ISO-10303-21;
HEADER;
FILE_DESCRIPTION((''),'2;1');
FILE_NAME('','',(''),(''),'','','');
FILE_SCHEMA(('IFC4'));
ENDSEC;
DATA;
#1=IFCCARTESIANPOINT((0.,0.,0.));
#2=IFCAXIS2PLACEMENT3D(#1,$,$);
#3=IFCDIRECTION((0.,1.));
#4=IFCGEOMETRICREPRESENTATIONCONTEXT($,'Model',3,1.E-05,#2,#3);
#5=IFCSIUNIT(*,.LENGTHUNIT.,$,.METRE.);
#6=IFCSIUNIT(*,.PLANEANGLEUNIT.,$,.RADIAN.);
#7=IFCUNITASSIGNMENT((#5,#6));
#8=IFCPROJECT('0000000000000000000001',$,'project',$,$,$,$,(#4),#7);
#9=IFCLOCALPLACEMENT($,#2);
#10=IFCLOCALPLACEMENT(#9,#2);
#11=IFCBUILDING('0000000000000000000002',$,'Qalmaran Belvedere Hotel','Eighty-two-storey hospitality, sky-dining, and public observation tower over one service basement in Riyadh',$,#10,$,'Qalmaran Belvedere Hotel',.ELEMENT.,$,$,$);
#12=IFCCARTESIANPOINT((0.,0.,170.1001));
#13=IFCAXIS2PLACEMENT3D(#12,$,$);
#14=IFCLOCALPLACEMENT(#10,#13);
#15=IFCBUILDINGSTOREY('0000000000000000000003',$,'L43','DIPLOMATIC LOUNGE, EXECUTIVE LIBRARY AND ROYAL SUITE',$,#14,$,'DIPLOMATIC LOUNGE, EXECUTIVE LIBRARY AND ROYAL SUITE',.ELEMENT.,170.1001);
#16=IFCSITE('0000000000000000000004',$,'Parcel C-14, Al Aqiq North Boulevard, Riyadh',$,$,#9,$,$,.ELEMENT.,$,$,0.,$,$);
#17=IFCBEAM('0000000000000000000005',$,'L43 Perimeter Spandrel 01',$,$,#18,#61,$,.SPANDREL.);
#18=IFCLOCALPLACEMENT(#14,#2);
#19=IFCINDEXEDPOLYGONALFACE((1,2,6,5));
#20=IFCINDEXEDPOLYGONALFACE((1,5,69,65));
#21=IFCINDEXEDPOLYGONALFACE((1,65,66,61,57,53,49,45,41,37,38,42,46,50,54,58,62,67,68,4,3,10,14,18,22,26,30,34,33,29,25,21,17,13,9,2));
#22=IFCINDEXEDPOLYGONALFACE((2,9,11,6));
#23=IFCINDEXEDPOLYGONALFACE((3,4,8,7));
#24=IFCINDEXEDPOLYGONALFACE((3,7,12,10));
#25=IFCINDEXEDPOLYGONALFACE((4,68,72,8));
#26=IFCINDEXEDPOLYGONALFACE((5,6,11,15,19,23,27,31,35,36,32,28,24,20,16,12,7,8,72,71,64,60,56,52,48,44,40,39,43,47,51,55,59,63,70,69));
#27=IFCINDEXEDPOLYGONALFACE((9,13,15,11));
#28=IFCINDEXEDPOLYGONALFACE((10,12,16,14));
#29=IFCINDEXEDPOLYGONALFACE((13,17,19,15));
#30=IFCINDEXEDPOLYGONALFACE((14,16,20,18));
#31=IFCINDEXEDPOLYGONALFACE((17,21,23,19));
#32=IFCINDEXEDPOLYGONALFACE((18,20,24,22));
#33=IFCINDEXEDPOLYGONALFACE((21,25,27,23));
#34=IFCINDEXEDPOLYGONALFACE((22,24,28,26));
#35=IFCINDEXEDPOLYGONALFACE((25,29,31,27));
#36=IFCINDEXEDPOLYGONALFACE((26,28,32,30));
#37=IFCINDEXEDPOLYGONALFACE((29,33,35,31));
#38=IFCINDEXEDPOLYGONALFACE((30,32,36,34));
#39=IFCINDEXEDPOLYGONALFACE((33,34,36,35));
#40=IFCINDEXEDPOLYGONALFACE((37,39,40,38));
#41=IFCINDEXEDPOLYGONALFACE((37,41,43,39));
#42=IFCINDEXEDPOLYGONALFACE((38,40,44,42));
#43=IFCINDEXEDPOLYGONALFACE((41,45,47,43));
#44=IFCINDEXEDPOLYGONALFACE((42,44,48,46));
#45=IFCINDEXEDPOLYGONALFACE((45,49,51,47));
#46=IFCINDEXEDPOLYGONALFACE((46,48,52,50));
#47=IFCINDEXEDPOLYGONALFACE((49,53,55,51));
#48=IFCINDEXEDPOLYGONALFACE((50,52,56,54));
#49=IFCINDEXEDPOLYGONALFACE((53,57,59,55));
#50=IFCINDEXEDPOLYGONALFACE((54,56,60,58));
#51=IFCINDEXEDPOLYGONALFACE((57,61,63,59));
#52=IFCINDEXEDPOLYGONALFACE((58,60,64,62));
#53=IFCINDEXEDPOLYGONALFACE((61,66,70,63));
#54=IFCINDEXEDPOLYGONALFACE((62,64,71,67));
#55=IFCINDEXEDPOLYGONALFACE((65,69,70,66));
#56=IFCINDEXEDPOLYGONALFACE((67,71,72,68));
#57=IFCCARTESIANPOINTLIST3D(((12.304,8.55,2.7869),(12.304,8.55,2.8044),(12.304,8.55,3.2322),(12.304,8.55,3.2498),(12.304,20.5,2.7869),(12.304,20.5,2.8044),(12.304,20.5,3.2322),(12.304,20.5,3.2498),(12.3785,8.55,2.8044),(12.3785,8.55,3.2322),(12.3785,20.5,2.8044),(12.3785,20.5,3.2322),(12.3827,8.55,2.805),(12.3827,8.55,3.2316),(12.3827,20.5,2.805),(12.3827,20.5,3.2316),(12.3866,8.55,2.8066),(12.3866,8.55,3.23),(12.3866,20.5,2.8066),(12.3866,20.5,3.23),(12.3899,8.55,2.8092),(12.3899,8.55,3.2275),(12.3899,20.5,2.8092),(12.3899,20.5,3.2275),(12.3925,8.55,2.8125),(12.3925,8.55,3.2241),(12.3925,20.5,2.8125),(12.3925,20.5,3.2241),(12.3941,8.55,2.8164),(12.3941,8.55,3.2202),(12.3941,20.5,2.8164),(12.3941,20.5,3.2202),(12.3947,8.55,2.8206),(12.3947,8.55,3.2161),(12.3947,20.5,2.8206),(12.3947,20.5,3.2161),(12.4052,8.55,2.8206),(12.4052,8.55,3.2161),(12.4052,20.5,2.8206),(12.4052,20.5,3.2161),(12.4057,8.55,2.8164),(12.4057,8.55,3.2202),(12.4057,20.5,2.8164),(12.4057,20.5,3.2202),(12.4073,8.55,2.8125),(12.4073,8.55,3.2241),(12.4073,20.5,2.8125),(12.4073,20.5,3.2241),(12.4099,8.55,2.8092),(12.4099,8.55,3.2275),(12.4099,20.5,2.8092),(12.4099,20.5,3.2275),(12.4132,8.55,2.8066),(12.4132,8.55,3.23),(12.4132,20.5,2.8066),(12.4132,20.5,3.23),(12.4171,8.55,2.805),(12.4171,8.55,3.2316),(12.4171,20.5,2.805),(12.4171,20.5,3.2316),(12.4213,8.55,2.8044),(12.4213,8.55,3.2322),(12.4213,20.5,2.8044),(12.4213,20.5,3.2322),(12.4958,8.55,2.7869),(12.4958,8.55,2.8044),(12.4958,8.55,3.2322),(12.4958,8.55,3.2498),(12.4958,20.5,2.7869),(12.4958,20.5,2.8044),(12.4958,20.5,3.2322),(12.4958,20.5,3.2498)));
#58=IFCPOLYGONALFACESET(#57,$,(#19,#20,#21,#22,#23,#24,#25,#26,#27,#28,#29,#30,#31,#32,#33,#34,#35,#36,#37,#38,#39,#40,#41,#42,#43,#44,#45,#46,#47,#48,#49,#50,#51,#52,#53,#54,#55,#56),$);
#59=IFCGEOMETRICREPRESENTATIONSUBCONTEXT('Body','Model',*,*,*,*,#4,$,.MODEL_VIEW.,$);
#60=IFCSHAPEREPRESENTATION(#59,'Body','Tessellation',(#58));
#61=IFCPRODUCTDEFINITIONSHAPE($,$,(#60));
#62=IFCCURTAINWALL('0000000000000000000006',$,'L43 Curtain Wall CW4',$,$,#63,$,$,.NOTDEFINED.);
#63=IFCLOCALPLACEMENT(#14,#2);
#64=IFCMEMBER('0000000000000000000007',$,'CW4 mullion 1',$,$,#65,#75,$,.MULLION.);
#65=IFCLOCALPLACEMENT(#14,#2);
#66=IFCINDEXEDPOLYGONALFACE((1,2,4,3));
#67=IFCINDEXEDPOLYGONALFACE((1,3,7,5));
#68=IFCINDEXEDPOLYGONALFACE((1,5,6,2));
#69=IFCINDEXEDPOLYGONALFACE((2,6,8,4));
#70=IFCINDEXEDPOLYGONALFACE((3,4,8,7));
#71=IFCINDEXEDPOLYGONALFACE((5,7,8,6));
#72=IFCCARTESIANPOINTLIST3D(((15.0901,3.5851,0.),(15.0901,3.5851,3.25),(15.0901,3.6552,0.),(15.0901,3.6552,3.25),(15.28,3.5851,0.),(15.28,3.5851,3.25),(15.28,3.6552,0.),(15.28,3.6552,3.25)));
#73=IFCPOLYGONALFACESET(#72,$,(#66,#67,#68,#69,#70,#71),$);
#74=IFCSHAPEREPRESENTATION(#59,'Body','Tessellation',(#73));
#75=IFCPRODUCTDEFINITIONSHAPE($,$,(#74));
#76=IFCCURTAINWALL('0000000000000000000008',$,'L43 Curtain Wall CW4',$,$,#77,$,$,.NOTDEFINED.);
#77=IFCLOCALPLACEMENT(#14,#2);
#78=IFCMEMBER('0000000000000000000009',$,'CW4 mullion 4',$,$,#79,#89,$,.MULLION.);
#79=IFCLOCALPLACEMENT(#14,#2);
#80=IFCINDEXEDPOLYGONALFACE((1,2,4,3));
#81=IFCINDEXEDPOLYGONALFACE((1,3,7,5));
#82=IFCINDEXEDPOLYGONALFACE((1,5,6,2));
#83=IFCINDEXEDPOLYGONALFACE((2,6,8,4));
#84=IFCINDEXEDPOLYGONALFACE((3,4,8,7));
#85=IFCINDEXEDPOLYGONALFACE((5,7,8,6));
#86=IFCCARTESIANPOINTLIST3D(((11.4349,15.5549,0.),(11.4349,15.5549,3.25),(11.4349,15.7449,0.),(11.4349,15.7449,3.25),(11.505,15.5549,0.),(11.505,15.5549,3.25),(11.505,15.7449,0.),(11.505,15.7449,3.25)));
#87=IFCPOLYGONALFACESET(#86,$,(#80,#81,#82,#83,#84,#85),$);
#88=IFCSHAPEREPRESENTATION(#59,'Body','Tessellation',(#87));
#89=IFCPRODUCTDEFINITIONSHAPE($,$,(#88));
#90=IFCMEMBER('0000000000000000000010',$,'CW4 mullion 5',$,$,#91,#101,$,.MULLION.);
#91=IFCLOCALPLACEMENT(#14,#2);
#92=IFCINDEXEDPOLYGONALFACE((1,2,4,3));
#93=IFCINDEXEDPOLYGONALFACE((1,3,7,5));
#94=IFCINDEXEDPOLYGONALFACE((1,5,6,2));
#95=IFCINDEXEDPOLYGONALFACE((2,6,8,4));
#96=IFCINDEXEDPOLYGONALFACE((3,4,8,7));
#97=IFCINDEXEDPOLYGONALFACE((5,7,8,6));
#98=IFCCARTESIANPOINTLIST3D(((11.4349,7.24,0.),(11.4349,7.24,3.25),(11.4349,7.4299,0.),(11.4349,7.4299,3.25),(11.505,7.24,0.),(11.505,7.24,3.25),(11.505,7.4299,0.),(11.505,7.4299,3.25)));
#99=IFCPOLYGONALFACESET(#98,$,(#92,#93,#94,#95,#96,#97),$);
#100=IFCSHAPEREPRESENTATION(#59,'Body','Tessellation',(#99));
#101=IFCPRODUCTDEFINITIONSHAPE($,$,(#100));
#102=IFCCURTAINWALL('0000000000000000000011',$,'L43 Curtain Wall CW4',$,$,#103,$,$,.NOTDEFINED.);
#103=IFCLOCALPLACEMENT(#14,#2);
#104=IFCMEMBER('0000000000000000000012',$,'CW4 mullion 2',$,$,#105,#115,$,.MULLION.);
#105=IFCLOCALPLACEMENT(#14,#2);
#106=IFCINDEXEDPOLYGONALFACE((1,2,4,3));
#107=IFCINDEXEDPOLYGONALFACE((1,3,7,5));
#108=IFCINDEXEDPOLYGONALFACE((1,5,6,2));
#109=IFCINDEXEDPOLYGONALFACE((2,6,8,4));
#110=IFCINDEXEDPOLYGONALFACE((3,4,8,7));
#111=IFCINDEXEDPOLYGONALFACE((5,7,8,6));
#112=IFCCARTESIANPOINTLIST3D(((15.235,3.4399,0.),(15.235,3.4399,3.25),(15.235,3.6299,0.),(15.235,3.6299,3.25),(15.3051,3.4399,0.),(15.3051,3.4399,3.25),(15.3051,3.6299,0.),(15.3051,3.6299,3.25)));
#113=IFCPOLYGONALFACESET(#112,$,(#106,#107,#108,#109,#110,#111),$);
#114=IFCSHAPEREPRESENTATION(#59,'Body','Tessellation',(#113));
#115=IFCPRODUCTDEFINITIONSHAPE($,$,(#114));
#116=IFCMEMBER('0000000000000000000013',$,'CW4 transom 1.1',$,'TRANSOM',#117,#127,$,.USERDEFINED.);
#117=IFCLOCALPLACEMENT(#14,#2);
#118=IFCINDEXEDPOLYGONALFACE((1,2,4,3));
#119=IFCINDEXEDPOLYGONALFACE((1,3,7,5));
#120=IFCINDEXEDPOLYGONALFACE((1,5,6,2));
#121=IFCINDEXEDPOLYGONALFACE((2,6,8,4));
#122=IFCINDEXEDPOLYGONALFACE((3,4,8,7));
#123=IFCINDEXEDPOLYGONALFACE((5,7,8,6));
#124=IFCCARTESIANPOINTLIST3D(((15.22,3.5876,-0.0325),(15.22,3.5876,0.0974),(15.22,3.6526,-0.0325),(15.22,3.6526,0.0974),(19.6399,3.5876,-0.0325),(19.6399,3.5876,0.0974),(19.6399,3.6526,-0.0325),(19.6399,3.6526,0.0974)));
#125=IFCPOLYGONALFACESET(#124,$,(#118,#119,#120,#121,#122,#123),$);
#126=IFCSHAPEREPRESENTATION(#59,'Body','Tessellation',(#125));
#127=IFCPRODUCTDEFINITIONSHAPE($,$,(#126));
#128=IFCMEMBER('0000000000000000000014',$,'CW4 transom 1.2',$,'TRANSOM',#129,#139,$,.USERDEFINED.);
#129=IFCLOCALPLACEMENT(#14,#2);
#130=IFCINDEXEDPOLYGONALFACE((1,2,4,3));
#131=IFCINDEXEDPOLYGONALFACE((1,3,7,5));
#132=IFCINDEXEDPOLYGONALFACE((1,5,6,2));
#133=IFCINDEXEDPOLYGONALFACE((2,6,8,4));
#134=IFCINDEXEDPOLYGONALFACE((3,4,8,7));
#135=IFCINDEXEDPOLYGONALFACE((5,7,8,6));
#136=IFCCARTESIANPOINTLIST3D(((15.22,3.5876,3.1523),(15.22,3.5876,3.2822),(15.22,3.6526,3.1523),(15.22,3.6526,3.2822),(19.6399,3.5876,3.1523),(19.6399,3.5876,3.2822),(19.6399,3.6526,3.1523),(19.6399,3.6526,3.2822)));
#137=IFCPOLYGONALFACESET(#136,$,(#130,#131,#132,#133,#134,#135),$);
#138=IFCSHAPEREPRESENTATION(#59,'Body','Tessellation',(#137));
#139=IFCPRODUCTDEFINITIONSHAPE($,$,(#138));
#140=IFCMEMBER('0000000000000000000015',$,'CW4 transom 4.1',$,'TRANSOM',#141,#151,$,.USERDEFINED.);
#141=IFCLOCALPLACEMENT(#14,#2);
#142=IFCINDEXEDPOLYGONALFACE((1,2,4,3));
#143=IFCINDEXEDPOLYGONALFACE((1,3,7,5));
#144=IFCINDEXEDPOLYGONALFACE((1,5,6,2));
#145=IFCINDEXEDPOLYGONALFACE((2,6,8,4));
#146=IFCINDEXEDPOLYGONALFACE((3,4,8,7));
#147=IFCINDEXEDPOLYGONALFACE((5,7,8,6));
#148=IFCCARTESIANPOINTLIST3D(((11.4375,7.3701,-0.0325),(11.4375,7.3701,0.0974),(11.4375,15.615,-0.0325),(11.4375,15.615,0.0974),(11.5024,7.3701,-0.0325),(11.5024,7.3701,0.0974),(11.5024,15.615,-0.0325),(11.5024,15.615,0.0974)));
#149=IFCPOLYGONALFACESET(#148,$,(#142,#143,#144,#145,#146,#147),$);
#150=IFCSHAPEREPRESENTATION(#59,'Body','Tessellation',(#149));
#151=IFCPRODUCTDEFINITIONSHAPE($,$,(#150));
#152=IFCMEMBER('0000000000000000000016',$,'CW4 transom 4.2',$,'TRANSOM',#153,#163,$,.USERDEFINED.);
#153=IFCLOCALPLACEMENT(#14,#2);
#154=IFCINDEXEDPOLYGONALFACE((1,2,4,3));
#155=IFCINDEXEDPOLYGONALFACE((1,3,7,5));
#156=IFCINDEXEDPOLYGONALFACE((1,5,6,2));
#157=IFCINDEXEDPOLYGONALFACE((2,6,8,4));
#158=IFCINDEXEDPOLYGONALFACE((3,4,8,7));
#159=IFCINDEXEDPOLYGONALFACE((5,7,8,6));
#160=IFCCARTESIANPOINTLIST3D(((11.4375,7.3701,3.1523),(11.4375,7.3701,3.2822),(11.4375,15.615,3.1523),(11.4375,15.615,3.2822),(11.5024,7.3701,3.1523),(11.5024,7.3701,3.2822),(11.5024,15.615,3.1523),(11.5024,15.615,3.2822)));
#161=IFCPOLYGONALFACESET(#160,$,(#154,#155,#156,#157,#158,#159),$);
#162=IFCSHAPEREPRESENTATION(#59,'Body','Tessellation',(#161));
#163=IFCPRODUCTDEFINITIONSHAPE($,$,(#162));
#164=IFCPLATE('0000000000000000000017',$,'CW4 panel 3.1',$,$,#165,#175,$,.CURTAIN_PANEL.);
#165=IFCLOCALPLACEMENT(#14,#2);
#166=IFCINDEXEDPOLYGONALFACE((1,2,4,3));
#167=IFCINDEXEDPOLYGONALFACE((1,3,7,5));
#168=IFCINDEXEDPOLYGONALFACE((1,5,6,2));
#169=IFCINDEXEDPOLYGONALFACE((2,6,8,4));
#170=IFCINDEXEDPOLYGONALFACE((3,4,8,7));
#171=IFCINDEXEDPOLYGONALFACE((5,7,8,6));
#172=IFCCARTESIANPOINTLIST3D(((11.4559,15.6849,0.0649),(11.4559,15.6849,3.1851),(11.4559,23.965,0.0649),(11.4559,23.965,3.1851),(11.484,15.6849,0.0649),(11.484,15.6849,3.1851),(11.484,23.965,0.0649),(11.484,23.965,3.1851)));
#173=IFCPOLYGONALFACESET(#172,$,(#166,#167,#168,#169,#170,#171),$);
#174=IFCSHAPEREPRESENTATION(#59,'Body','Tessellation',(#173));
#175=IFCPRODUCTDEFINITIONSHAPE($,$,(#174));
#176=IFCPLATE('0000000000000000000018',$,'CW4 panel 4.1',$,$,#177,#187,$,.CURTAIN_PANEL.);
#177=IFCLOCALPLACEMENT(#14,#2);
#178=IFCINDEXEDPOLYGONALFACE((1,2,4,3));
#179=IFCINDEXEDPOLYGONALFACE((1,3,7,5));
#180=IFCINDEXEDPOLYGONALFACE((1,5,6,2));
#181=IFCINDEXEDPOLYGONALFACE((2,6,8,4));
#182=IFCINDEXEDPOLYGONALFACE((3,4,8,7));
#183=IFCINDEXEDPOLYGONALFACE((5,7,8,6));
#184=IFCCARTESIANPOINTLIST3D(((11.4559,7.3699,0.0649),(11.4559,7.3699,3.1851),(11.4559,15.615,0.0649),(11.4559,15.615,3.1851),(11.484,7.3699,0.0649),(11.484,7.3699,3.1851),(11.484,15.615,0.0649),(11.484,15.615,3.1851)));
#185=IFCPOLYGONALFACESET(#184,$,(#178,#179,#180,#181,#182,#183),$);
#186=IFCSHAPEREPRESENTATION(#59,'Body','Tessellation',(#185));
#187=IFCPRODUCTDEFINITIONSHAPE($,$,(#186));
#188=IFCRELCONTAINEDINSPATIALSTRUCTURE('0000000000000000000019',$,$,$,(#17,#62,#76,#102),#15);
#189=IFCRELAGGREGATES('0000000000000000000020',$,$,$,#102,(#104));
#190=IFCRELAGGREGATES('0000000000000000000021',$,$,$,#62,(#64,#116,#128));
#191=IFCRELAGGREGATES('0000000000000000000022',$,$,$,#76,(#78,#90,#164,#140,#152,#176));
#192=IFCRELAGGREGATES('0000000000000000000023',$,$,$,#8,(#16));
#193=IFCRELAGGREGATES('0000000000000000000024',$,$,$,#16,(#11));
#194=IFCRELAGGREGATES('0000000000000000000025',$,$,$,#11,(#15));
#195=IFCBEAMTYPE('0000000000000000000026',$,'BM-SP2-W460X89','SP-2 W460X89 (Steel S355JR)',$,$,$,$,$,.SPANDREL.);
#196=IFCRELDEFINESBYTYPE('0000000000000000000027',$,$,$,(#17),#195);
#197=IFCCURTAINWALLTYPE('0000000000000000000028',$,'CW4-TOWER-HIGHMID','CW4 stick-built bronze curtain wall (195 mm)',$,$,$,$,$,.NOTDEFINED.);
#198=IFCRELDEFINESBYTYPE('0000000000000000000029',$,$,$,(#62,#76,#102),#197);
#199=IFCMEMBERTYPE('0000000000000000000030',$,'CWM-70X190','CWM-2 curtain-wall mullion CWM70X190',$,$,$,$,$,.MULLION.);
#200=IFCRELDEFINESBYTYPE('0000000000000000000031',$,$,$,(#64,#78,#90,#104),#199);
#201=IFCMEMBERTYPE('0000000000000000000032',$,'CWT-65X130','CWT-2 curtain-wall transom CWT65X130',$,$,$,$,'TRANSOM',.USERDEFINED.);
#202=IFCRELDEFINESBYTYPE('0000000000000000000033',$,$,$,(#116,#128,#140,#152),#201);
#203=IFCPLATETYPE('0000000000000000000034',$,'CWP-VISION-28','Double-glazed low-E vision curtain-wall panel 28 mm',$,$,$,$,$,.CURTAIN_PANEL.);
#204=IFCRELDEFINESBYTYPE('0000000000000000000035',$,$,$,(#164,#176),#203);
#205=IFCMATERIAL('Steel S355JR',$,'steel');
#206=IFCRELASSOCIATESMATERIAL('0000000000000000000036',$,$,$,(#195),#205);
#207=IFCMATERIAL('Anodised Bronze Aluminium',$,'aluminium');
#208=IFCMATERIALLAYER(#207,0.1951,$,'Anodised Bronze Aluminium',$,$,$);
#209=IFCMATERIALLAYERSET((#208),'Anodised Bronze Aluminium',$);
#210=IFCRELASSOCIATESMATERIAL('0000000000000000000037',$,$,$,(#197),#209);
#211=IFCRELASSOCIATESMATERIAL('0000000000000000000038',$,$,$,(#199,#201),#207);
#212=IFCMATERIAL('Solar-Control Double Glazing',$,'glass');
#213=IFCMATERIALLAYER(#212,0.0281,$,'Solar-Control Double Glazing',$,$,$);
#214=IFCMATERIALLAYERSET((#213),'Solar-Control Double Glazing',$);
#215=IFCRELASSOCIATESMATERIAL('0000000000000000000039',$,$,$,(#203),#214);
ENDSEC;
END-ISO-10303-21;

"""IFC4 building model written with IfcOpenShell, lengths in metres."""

from ifc_helpers import new_model, si_unit, direction, frame, origin, origin_2d, place, context, subcontext, project, spatial, rectangle, i_section, extrude, material, layer, layer_set, material_profile, profile_set, type_object, element, aggregate, save


model = new_model("IFC4")

# Units and contexts
model_context = context("Model", 3, precision=1e-05, world=origin(), true_north=direction((0.0, 1.0)))
body_context = subcontext(model_context, "Body", "Model", "MODEL_VIEW")
ifc_project = project(units=[si_unit("LENGTHUNIT", "METRE"), si_unit("PLANEANGLEUNIT", "RADIAN")], contexts=[model_context])

# Site, building, storey
site_placement = place(None, origin())
site = spatial("IfcSite", under=ifc_project, at=site_placement, Name="Parcel C-14, Al Aqiq North Boulevard, Riyadh", CompositionType="ELEMENT", RefElevation=0.0)
building_placement = place(site_placement, origin())
building = spatial("IfcBuilding", under=site, at=building_placement, Name="Qalmaran Belvedere Hotel", Description="Eighty-two-storey hospitality, sky-dining, and public observation tower over one service basement in Riyadh", LongName="Qalmaran Belvedere Hotel", CompositionType="ELEMENT")
storey_placement = place(building_placement, frame((0.0, 0.0, 170.1001)))
storey = spatial("IfcBuildingStorey", under=building, at=storey_placement, Name="L43", Description="DIPLOMATIC LOUNGE, EXECUTIVE LIBRARY AND ROYAL SUITE", LongName="DIPLOMATIC LOUNGE, EXECUTIVE LIBRARY AND ROYAL SUITE", CompositionType="ELEMENT", Elevation=170.1001)

# Beam
ifc_material_1 = material(Name="Steel S355JR", Category="steel")
ifc_material_profile_1 = material_profile(ifc_material_1, i_section(OverallWidth=0.1919, OverallDepth=0.4629, WebThickness=0.0105, FlangeThickness=0.0176, FilletRadius=0.0161, at=origin_2d()), Name="W460X89")
ifc_profile_set_1 = profile_set([ifc_material_profile_1], Name="Steel S355JR")
beam_type_1 = type_object("IfcBeamType", Name="BM-SP2-W460X89", Description="SP-2 W460X89 (Steel S355JR)", PredefinedType="SPANDREL", material=ifc_profile_set_1)
beam_1_placement = place(storey_placement, frame((12.3999, 8.55, 3.0183), z_axis=(0.0, 1.0, 0.0), x_axis=(-1.0, 0.0, 0.0)))
element("IfcBeam", 1, at=beam_1_placement, inside=storey, type_object=beam_type_1, Name="L43 Perimeter Spandrel 01", PredefinedType="SPANDREL", context=body_context, shape_type="SweptSolid", body=[
    extrude(i_section(OverallWidth=0.1919, OverallDepth=0.4629, WebThickness=0.0105, FlangeThickness=0.0176, FilletRadius=0.0161, at=origin_2d()), origin(), (0.0, 0.0, 1.0), 11.95),
])

# Curtain wall, member
ifc_material_2 = material(Name="Anodised Bronze Aluminium", Category="aluminium")
ifc_layer_1 = layer(ifc_material_2, 0.1951, Name="Anodised Bronze Aluminium")
ifc_layer_set_1 = layer_set([ifc_layer_1], Name="Anodised Bronze Aluminium")
curtain_wall_type = type_object("IfcCurtainWallType", Name="CW4-TOWER-HIGHMID", Description="CW4 stick-built bronze curtain wall (195 mm)", PredefinedType="NOTDEFINED", material=ifc_layer_set_1)
curtain_wall_1_placement = place(storey_placement, origin())
curtain_wall_1 = element("IfcCurtainWall", 2, at=curtain_wall_1_placement, inside=storey, type_object=curtain_wall_type, Name="L43 Curtain Wall CW4", PredefinedType="NOTDEFINED")
ifc_material_profile_2 = material_profile(ifc_material_2, rectangle(XDim=0.0701, YDim=0.1899, at=origin_2d()), Name="CWM70X190")
ifc_profile_set_2 = profile_set([ifc_material_profile_2], Name="Anodised Bronze Aluminium")
member_type_1 = type_object("IfcMemberType", Name="CWM-70X190", Description="CWM-2 curtain-wall mullion CWM70X190", PredefinedType="MULLION", material=ifc_profile_set_2)
member_1_placement = place(storey_placement, frame((15.1851, 3.6201, 0.0), z_axis=(0.0, 0.0, 1.0), x_axis=(0.0, 1.0, 0.0)))
member_1 = element("IfcMember", 3, at=member_1_placement, type_object=member_type_1, Name="CW4 mullion 1", PredefinedType="MULLION", context=body_context, shape_type="SweptSolid", body=[
    extrude(rectangle(XDim=0.0701, YDim=0.1899, at=origin_2d()), origin(), (0.0, 0.0, 1.0), 3.25),
])

# Curtain wall, members
curtain_wall_2_placement = place(storey_placement, origin())
curtain_wall_2 = element("IfcCurtainWall", 4, at=curtain_wall_2_placement, inside=storey, type_object=curtain_wall_type, Name="L43 Curtain Wall CW4", PredefinedType="NOTDEFINED")
member_2_placement = place(storey_placement, frame((11.47, 15.6499, 0.0), z_axis=(0.0, 0.0, 1.0), x_axis=(1.0, 0.0, 0.0)))
member_2 = element("IfcMember", 5, at=member_2_placement, type_object=member_type_1, Name="CW4 mullion 4", PredefinedType="MULLION", context=body_context, shape_type="SweptSolid", body=[
    extrude(rectangle(XDim=0.0701, YDim=0.1899, at=origin_2d()), origin(), (0.0, 0.0, 1.0), 3.25),
])
member_3_placement = place(storey_placement, frame((11.47, 7.335, 0.0), z_axis=(0.0, 0.0, 1.0), x_axis=(1.0, 0.0, 0.0)))
member_3 = element("IfcMember", 6, at=member_3_placement, type_object=member_type_1, Name="CW4 mullion 5", PredefinedType="MULLION", context=body_context, shape_type="SweptSolid", body=[
    extrude(rectangle(XDim=0.0701, YDim=0.1899, at=origin_2d()), origin(), (0.0, 0.0, 1.0), 3.25),
])

# Curtain wall, member
curtain_wall_3_placement = place(storey_placement, origin())
curtain_wall_3 = element("IfcCurtainWall", 7, at=curtain_wall_3_placement, inside=storey, type_object=curtain_wall_type, Name="L43 Curtain Wall CW4", PredefinedType="NOTDEFINED")
member_4_placement = place(storey_placement, frame((15.27, 3.5349, 0.0), z_axis=(0.0, 0.0, 1.0), x_axis=(1.0, 0.0, 0.0)))
member_4 = element("IfcMember", 8, at=member_4_placement, type_object=member_type_1, Name="CW4 mullion 2", PredefinedType="MULLION", context=body_context, shape_type="SweptSolid", body=[
    extrude(rectangle(XDim=0.0701, YDim=0.1899, at=origin_2d()), origin(), (0.0, 0.0, 1.0), 3.25),
])
aggregate(curtain_wall_3, [member_4])

# Members
ifc_material_profile_3 = material_profile(ifc_material_2, rectangle(XDim=0.0649, YDim=0.1299, at=origin_2d()), Name="CWT65X130")
ifc_profile_set_3 = profile_set([ifc_material_profile_3], Name="Anodised Bronze Aluminium")
member_type_2 = type_object("IfcMemberType", Name="CWT-65X130", Description="CWT-2 curtain-wall transom CWT65X130", ElementType="TRANSOM", PredefinedType="USERDEFINED", material=ifc_profile_set_3)
member_5_placement = place(storey_placement, frame((15.22, 3.6201, 0.0325), z_axis=(1.0, 0.0, 0.0), x_axis=(0.0, 1.0, 0.0)))
member_5 = element("IfcMember", 9, at=member_5_placement, type_object=member_type_2, Name="CW4 transom 1.1", ObjectType="TRANSOM", PredefinedType="USERDEFINED", context=body_context, shape_type="SweptSolid", body=[
    extrude(rectangle(XDim=0.0649, YDim=0.1299, at=origin_2d()), origin(), (0.0, 0.0, 1.0), 4.4199),
])
member_6_placement = place(storey_placement, frame((15.22, 3.6201, 3.2173), z_axis=(1.0, 0.0, 0.0), x_axis=(0.0, 1.0, 0.0)))
member_6 = element("IfcMember", 10, at=member_6_placement, type_object=member_type_2, Name="CW4 transom 1.2", ObjectType="TRANSOM", PredefinedType="USERDEFINED", context=body_context, shape_type="SweptSolid", body=[
    extrude(rectangle(XDim=0.0649, YDim=0.1299, at=origin_2d()), origin(), (0.0, 0.0, 1.0), 4.4199),
])
aggregate(curtain_wall_1, [member_1, member_5, member_6])
member_7_placement = place(storey_placement, frame((11.47, 15.615, 0.0325), z_axis=(0.0, -1.0, 0.0), x_axis=(1.0, 0.0, 0.0)))
member_7 = element("IfcMember", 11, at=member_7_placement, type_object=member_type_2, Name="CW4 transom 4.1", ObjectType="TRANSOM", PredefinedType="USERDEFINED", context=body_context, shape_type="SweptSolid", body=[
    extrude(rectangle(XDim=0.0649, YDim=0.1299, at=origin_2d()), origin(), (0.0, 0.0, 1.0), 8.2449),
])
member_8_placement = place(storey_placement, frame((11.47, 15.615, 3.2173), z_axis=(0.0, -1.0, 0.0), x_axis=(1.0, 0.0, 0.0)))
member_8 = element("IfcMember", 12, at=member_8_placement, type_object=member_type_2, Name="CW4 transom 4.2", ObjectType="TRANSOM", PredefinedType="USERDEFINED", context=body_context, shape_type="SweptSolid", body=[
    extrude(rectangle(XDim=0.0649, YDim=0.1299, at=origin_2d()), origin(), (0.0, 0.0, 1.0), 8.2449),
])

# Plates
ifc_material_3 = material(Name="Solar-Control Double Glazing", Category="glass")
ifc_layer_2 = layer(ifc_material_3, 0.0281, Name="Solar-Control Double Glazing")
ifc_layer_set_2 = layer_set([ifc_layer_2], Name="Solar-Control Double Glazing")
plate_type = type_object("IfcPlateType", Name="CWP-VISION-28", Description="Double-glazed low-E vision curtain-wall panel 28 mm", PredefinedType="CURTAIN_PANEL", material=ifc_layer_set_2)
plate_1_placement = place(storey_placement, frame((11.47, 19.825, 0.0649), z_axis=(0.0, 0.0, 1.0), x_axis=(0.0, -1.0, 0.0)))
plate_1 = element("IfcPlate", 13, at=plate_1_placement, type_object=plate_type, Name="CW4 panel 3.1", PredefinedType="CURTAIN_PANEL", context=body_context, shape_type="SweptSolid", body=[
    extrude(rectangle(XDim=8.28, YDim=0.0281, at=origin_2d()), origin(), (0.0, 0.0, 1.0), 3.1201),
])
plate_2_placement = place(storey_placement, frame((11.47, 11.4924, 0.0649), z_axis=(0.0, 0.0, 1.0), x_axis=(0.0, -1.0, 0.0)))
plate_2 = element("IfcPlate", 14, at=plate_2_placement, type_object=plate_type, Name="CW4 panel 4.1", PredefinedType="CURTAIN_PANEL", context=body_context, shape_type="SweptSolid", body=[
    extrude(rectangle(XDim=8.2451, YDim=0.0281, at=origin_2d()), origin(), (0.0, 0.0, 1.0), 3.1201),
])
aggregate(curtain_wall_2, [member_2, member_3, plate_1, member_7, member_8, plate_2])

save(model, "model.ifc")
